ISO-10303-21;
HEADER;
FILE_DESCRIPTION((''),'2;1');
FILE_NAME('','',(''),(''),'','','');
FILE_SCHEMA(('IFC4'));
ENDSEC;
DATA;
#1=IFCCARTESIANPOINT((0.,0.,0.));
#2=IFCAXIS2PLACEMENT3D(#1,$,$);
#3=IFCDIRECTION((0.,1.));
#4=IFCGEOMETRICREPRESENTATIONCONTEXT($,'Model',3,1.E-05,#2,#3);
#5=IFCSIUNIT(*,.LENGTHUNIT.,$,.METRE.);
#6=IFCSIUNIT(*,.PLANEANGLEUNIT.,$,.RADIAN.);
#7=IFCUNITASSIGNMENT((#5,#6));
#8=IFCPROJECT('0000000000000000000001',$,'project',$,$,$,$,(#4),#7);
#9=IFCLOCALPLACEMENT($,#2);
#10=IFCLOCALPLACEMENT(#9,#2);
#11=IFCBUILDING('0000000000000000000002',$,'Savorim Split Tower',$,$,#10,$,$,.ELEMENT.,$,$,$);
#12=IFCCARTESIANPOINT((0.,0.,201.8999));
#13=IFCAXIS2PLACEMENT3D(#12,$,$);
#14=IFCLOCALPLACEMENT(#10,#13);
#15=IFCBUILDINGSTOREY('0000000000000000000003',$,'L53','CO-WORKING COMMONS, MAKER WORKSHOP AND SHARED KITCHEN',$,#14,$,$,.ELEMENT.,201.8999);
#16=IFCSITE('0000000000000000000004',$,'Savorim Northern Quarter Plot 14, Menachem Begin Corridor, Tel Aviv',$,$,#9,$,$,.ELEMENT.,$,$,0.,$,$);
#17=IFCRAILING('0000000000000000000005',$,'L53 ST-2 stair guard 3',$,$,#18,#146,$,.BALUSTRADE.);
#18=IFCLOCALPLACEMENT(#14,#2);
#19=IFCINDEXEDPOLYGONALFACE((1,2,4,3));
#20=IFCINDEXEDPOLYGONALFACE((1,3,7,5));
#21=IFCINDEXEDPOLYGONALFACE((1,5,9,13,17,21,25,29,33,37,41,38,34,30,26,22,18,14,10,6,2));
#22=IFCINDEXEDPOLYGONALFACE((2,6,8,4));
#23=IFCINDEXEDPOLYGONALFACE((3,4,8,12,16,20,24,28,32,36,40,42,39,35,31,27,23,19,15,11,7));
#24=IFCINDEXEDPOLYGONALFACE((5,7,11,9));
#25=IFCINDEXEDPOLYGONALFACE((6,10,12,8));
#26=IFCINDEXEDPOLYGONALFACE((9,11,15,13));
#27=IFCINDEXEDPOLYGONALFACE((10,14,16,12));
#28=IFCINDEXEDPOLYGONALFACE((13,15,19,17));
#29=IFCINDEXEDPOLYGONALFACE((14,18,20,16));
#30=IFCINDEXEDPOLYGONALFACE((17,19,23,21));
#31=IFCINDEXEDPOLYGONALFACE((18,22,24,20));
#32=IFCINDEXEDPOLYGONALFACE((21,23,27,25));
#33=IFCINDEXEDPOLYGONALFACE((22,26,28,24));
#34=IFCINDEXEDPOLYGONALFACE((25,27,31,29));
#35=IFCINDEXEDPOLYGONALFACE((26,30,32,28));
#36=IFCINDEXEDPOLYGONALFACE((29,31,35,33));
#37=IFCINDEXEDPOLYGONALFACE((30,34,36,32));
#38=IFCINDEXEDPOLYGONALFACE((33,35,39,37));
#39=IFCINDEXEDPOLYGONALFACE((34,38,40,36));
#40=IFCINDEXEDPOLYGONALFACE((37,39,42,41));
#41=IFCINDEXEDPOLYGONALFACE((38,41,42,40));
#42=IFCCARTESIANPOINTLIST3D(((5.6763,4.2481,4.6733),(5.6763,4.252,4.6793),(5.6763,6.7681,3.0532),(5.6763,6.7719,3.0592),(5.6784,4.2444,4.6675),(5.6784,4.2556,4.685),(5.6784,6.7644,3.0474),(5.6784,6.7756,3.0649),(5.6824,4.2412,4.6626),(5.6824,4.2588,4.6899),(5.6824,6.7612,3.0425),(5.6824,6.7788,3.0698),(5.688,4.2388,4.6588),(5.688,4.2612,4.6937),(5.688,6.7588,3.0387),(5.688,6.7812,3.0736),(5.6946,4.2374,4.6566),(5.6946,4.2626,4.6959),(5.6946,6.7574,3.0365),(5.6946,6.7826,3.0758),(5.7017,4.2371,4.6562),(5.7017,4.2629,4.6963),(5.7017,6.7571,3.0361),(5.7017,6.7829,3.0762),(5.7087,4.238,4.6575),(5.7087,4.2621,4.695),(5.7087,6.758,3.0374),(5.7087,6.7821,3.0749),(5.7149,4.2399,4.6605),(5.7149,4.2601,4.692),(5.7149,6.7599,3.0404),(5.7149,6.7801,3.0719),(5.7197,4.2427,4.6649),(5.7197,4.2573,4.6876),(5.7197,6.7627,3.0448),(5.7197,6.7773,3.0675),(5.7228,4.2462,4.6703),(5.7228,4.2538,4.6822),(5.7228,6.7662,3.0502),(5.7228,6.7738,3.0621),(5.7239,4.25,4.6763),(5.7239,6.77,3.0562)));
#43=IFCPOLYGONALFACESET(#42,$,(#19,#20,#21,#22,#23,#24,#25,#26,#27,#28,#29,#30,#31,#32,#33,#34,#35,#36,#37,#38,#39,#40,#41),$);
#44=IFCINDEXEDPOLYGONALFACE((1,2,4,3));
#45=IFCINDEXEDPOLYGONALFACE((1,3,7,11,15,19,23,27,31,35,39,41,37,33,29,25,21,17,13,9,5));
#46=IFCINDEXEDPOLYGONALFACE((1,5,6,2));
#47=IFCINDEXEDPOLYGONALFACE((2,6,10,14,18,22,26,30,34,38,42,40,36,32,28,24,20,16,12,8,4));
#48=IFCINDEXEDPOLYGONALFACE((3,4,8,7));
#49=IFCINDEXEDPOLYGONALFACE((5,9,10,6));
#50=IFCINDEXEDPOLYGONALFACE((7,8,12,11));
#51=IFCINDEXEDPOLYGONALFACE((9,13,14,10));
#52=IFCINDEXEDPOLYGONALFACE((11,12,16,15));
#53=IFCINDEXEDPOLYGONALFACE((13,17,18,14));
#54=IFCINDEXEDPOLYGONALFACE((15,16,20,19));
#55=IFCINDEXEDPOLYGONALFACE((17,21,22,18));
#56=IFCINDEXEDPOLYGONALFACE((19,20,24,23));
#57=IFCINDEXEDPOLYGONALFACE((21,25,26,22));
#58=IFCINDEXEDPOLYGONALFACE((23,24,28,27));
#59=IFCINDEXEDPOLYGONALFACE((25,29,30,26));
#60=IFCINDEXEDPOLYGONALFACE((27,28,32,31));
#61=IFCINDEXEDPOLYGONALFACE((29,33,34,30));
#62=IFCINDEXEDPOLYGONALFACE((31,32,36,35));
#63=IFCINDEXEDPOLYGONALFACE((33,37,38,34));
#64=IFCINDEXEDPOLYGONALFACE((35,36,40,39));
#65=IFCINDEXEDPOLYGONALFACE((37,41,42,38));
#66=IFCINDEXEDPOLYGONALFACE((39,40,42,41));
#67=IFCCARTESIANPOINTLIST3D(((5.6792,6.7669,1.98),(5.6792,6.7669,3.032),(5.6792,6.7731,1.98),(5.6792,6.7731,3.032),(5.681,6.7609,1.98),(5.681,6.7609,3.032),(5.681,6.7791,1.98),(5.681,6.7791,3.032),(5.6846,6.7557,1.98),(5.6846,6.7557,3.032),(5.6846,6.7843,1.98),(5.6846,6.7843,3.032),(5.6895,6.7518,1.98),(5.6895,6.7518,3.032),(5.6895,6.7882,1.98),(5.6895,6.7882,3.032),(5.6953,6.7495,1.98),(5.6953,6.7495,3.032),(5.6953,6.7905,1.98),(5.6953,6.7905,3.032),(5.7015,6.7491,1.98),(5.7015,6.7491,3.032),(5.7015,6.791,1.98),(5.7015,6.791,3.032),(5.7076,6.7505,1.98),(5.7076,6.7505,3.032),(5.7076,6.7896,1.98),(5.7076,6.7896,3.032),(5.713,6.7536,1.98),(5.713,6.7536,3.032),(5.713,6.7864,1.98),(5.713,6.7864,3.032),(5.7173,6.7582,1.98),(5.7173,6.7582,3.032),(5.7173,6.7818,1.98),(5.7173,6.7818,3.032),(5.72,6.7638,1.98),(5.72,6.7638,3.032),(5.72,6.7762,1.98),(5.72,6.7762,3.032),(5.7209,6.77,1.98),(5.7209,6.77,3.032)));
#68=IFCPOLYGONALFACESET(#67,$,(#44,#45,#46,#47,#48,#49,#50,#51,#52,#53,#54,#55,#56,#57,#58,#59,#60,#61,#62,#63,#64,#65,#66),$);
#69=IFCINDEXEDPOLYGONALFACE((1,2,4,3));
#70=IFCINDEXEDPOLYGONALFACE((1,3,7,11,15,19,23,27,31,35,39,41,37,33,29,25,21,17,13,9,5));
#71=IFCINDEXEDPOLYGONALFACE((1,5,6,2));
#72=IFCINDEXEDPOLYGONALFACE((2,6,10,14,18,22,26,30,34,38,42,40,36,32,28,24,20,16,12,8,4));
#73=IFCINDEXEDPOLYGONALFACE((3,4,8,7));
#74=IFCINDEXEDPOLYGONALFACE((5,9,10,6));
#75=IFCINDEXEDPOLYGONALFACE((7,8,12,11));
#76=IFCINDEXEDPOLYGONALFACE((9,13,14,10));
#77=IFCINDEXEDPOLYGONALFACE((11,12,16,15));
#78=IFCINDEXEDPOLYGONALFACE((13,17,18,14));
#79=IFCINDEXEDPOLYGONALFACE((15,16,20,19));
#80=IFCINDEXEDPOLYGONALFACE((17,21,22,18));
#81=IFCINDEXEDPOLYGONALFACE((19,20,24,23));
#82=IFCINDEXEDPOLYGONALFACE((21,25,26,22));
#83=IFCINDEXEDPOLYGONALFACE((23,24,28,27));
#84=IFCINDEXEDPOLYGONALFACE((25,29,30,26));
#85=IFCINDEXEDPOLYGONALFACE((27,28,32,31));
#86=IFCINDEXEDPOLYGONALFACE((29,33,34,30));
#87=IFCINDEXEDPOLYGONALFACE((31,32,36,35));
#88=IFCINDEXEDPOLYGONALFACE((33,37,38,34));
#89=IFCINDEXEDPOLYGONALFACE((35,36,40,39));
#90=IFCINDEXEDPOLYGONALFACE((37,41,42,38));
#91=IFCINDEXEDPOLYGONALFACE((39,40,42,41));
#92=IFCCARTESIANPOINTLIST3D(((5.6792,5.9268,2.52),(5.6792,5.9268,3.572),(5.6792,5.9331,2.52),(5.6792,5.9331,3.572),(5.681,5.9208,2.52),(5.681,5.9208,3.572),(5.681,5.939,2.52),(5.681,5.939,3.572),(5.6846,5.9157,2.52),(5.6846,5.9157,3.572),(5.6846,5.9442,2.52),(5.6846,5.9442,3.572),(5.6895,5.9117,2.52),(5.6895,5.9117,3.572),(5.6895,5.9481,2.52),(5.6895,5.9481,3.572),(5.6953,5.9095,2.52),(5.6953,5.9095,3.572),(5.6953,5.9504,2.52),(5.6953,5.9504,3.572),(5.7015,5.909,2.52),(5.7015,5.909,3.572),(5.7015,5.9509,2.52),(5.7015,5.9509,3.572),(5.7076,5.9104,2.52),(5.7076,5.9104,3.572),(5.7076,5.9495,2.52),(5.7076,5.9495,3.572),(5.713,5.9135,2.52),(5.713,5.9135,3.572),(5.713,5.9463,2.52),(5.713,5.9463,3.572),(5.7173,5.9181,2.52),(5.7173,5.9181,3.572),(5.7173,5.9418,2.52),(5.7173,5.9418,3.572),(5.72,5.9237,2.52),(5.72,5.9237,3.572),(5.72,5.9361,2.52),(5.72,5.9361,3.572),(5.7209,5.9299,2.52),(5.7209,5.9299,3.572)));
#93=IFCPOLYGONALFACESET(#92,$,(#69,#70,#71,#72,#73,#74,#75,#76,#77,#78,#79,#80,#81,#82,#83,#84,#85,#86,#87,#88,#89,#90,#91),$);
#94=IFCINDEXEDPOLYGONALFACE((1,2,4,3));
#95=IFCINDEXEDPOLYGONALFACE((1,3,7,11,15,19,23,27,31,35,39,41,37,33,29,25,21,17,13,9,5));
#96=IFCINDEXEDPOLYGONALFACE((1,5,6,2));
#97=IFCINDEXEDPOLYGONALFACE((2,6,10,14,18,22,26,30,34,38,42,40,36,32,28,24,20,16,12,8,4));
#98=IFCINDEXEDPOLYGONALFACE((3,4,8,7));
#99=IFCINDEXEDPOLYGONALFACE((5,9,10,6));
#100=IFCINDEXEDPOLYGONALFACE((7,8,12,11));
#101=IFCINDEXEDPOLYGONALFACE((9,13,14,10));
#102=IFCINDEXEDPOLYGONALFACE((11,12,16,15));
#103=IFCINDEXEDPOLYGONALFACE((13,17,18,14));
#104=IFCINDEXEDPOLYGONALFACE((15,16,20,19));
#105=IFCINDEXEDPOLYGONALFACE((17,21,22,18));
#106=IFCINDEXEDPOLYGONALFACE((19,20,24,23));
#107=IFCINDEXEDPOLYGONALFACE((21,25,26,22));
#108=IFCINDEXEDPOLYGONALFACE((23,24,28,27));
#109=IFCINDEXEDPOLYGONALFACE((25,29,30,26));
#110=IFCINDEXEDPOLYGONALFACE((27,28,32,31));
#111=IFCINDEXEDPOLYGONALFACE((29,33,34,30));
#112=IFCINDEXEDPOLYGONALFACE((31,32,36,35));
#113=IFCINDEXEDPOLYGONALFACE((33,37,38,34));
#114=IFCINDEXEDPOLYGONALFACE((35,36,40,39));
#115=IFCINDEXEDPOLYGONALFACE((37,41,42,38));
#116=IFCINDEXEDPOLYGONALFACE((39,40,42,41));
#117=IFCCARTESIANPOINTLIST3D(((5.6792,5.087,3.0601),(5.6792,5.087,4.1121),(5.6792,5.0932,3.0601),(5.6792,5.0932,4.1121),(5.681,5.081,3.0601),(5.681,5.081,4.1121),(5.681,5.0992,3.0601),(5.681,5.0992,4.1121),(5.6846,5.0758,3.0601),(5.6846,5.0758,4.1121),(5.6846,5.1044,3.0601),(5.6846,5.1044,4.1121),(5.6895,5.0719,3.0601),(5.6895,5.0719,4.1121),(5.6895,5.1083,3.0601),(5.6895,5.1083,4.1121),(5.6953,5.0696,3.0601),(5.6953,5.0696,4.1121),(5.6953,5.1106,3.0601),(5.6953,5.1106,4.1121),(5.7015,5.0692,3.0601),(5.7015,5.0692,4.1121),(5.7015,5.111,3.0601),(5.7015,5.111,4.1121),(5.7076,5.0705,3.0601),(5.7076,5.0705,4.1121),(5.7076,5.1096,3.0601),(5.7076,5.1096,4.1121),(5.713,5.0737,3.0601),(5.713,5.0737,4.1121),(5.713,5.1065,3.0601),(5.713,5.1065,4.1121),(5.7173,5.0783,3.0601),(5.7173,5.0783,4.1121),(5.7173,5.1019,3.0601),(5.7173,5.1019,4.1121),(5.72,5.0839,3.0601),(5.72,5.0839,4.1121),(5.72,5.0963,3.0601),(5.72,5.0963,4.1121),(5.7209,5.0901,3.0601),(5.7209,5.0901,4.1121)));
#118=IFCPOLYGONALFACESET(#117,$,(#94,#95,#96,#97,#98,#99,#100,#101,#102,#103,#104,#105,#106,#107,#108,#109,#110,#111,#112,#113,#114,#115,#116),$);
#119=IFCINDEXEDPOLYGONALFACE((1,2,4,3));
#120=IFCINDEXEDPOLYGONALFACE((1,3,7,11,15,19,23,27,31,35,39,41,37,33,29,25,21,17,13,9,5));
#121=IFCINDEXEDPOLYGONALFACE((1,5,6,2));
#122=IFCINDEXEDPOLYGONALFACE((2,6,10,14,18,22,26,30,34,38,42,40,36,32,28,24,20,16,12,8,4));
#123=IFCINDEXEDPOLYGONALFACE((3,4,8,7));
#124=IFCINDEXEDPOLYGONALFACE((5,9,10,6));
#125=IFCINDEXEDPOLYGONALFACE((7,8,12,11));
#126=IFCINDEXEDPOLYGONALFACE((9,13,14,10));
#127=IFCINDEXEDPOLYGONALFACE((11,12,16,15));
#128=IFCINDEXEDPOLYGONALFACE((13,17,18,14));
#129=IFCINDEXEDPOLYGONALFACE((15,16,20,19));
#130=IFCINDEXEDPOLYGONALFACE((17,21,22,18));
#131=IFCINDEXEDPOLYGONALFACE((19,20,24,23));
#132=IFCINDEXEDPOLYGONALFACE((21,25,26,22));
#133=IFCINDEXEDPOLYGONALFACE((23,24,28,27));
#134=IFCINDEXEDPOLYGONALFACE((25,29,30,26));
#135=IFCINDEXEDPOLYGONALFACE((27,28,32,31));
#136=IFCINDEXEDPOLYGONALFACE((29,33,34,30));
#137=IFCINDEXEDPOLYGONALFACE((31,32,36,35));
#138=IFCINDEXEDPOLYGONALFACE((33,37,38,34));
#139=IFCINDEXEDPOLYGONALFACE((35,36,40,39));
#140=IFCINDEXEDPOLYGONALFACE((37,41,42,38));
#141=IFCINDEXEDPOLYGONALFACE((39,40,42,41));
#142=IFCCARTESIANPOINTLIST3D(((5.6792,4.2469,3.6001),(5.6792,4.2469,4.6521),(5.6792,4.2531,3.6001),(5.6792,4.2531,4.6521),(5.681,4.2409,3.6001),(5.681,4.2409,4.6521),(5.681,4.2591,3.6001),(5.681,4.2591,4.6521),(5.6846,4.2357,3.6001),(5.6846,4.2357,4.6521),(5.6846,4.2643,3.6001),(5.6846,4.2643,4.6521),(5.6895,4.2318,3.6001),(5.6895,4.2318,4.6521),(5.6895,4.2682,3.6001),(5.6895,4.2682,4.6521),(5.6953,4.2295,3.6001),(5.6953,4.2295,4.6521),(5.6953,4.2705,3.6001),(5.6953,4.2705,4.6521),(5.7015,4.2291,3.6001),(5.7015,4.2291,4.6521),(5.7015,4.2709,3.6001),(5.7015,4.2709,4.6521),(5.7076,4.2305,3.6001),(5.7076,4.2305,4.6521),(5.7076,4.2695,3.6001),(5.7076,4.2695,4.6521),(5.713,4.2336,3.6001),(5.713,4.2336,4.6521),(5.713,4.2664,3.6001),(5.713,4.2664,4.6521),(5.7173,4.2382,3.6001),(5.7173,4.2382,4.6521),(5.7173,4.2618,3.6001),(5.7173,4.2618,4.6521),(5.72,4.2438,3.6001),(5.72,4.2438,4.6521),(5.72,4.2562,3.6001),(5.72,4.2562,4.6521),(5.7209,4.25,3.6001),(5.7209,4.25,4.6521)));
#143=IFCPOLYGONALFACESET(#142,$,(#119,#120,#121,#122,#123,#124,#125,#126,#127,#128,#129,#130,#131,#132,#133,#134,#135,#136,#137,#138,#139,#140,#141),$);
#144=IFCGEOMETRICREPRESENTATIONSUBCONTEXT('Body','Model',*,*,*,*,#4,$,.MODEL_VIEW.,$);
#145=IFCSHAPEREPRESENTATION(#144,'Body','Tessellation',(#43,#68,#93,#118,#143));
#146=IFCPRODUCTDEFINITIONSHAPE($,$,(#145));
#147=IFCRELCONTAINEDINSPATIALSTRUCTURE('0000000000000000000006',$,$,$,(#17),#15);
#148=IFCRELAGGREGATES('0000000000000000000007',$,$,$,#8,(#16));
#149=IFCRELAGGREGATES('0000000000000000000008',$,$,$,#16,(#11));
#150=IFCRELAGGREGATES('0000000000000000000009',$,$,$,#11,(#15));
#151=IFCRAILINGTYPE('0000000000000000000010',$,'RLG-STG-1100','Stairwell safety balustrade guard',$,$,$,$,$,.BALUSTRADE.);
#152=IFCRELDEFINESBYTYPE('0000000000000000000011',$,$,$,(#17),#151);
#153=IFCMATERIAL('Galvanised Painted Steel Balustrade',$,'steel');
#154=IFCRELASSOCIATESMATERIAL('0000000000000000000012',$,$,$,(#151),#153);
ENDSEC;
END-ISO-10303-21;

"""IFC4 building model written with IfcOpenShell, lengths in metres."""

from ifc_helpers import new_model, si_unit, direction, frame, origin, origin_2d, place, context, subcontext, project, spatial, circle, extrude, material, type_object, element, save


model = new_model("IFC4")

# Units and contexts
model_context = context("Model", 3, precision=1e-05, world=origin(), true_north=direction((0.0, 1.0)))
body_context = subcontext(model_context, "Body", "Model", "MODEL_VIEW")
ifc_project = project(units=[si_unit("LENGTHUNIT", "METRE"), si_unit("PLANEANGLEUNIT", "RADIAN")], contexts=[model_context])

# Site, building, storey
site_placement = place(None, origin())
site = spatial("IfcSite", under=ifc_project, at=site_placement, Name="Savorim Northern Quarter Plot 14, Menachem Begin Corridor, Tel Aviv", CompositionType="ELEMENT", RefElevation=0.0)
building_placement = place(site_placement, origin())
building = spatial("IfcBuilding", under=site, at=building_placement, Name="Savorim Split Tower", CompositionType="ELEMENT")
storey_placement = place(building_placement, frame((0.0, 0.0, 201.8999)))
storey = spatial("IfcBuildingStorey", under=building, at=storey_placement, Name="L53", Description="CO-WORKING COMMONS, MAKER WORKSHOP AND SHARED KITCHEN", CompositionType="ELEMENT", Elevation=201.8999)

# Railing
ifc_material_1 = material(Name="Galvanised Painted Steel Balustrade", Category="steel")
railing_type_1 = type_object("IfcRailingType", Name="RLG-STG-1100", Description="Stairwell safety balustrade guard", PredefinedType="BALUSTRADE", material=ifc_material_1)
railing_1_placement = place(storey_placement, frame((5.7, 6.77, 1.98)))
element("IfcRailing", 1, at=railing_1_placement, inside=storey, type_object=railing_type_1, Name="L53 ST-2 stair guard 3", PredefinedType="BALUSTRADE", context=body_context, shape_type="SweptSolid", body=[
    extrude(circle(Radius=0.0239, at=origin_2d()), frame((0.0, 0.0, 1.0762), z_axis=(0.0, -0.841163, 0.540782), x_axis=(1.0, 0.0, 0.0)), (0.0, 0.0, 1.0), 2.9958),
    extrude(circle(Radius=0.021, at=origin_2d()), origin(), (0.0, 0.0, 1.0), 1.052),
    extrude(circle(Radius=0.021, at=origin_2d()), frame((0.0, -0.8401, 0.54)), (0.0, 0.0, 1.0), 1.052),
    extrude(circle(Radius=0.021, at=origin_2d()), frame((0.0, -1.6799, 1.0801)), (0.0, 0.0, 1.0), 1.052),
    extrude(circle(Radius=0.021, at=origin_2d()), frame((0.0, -2.52, 1.6201)), (0.0, 0.0, 1.0), 1.052),
])

save(model, "model.ifc")
